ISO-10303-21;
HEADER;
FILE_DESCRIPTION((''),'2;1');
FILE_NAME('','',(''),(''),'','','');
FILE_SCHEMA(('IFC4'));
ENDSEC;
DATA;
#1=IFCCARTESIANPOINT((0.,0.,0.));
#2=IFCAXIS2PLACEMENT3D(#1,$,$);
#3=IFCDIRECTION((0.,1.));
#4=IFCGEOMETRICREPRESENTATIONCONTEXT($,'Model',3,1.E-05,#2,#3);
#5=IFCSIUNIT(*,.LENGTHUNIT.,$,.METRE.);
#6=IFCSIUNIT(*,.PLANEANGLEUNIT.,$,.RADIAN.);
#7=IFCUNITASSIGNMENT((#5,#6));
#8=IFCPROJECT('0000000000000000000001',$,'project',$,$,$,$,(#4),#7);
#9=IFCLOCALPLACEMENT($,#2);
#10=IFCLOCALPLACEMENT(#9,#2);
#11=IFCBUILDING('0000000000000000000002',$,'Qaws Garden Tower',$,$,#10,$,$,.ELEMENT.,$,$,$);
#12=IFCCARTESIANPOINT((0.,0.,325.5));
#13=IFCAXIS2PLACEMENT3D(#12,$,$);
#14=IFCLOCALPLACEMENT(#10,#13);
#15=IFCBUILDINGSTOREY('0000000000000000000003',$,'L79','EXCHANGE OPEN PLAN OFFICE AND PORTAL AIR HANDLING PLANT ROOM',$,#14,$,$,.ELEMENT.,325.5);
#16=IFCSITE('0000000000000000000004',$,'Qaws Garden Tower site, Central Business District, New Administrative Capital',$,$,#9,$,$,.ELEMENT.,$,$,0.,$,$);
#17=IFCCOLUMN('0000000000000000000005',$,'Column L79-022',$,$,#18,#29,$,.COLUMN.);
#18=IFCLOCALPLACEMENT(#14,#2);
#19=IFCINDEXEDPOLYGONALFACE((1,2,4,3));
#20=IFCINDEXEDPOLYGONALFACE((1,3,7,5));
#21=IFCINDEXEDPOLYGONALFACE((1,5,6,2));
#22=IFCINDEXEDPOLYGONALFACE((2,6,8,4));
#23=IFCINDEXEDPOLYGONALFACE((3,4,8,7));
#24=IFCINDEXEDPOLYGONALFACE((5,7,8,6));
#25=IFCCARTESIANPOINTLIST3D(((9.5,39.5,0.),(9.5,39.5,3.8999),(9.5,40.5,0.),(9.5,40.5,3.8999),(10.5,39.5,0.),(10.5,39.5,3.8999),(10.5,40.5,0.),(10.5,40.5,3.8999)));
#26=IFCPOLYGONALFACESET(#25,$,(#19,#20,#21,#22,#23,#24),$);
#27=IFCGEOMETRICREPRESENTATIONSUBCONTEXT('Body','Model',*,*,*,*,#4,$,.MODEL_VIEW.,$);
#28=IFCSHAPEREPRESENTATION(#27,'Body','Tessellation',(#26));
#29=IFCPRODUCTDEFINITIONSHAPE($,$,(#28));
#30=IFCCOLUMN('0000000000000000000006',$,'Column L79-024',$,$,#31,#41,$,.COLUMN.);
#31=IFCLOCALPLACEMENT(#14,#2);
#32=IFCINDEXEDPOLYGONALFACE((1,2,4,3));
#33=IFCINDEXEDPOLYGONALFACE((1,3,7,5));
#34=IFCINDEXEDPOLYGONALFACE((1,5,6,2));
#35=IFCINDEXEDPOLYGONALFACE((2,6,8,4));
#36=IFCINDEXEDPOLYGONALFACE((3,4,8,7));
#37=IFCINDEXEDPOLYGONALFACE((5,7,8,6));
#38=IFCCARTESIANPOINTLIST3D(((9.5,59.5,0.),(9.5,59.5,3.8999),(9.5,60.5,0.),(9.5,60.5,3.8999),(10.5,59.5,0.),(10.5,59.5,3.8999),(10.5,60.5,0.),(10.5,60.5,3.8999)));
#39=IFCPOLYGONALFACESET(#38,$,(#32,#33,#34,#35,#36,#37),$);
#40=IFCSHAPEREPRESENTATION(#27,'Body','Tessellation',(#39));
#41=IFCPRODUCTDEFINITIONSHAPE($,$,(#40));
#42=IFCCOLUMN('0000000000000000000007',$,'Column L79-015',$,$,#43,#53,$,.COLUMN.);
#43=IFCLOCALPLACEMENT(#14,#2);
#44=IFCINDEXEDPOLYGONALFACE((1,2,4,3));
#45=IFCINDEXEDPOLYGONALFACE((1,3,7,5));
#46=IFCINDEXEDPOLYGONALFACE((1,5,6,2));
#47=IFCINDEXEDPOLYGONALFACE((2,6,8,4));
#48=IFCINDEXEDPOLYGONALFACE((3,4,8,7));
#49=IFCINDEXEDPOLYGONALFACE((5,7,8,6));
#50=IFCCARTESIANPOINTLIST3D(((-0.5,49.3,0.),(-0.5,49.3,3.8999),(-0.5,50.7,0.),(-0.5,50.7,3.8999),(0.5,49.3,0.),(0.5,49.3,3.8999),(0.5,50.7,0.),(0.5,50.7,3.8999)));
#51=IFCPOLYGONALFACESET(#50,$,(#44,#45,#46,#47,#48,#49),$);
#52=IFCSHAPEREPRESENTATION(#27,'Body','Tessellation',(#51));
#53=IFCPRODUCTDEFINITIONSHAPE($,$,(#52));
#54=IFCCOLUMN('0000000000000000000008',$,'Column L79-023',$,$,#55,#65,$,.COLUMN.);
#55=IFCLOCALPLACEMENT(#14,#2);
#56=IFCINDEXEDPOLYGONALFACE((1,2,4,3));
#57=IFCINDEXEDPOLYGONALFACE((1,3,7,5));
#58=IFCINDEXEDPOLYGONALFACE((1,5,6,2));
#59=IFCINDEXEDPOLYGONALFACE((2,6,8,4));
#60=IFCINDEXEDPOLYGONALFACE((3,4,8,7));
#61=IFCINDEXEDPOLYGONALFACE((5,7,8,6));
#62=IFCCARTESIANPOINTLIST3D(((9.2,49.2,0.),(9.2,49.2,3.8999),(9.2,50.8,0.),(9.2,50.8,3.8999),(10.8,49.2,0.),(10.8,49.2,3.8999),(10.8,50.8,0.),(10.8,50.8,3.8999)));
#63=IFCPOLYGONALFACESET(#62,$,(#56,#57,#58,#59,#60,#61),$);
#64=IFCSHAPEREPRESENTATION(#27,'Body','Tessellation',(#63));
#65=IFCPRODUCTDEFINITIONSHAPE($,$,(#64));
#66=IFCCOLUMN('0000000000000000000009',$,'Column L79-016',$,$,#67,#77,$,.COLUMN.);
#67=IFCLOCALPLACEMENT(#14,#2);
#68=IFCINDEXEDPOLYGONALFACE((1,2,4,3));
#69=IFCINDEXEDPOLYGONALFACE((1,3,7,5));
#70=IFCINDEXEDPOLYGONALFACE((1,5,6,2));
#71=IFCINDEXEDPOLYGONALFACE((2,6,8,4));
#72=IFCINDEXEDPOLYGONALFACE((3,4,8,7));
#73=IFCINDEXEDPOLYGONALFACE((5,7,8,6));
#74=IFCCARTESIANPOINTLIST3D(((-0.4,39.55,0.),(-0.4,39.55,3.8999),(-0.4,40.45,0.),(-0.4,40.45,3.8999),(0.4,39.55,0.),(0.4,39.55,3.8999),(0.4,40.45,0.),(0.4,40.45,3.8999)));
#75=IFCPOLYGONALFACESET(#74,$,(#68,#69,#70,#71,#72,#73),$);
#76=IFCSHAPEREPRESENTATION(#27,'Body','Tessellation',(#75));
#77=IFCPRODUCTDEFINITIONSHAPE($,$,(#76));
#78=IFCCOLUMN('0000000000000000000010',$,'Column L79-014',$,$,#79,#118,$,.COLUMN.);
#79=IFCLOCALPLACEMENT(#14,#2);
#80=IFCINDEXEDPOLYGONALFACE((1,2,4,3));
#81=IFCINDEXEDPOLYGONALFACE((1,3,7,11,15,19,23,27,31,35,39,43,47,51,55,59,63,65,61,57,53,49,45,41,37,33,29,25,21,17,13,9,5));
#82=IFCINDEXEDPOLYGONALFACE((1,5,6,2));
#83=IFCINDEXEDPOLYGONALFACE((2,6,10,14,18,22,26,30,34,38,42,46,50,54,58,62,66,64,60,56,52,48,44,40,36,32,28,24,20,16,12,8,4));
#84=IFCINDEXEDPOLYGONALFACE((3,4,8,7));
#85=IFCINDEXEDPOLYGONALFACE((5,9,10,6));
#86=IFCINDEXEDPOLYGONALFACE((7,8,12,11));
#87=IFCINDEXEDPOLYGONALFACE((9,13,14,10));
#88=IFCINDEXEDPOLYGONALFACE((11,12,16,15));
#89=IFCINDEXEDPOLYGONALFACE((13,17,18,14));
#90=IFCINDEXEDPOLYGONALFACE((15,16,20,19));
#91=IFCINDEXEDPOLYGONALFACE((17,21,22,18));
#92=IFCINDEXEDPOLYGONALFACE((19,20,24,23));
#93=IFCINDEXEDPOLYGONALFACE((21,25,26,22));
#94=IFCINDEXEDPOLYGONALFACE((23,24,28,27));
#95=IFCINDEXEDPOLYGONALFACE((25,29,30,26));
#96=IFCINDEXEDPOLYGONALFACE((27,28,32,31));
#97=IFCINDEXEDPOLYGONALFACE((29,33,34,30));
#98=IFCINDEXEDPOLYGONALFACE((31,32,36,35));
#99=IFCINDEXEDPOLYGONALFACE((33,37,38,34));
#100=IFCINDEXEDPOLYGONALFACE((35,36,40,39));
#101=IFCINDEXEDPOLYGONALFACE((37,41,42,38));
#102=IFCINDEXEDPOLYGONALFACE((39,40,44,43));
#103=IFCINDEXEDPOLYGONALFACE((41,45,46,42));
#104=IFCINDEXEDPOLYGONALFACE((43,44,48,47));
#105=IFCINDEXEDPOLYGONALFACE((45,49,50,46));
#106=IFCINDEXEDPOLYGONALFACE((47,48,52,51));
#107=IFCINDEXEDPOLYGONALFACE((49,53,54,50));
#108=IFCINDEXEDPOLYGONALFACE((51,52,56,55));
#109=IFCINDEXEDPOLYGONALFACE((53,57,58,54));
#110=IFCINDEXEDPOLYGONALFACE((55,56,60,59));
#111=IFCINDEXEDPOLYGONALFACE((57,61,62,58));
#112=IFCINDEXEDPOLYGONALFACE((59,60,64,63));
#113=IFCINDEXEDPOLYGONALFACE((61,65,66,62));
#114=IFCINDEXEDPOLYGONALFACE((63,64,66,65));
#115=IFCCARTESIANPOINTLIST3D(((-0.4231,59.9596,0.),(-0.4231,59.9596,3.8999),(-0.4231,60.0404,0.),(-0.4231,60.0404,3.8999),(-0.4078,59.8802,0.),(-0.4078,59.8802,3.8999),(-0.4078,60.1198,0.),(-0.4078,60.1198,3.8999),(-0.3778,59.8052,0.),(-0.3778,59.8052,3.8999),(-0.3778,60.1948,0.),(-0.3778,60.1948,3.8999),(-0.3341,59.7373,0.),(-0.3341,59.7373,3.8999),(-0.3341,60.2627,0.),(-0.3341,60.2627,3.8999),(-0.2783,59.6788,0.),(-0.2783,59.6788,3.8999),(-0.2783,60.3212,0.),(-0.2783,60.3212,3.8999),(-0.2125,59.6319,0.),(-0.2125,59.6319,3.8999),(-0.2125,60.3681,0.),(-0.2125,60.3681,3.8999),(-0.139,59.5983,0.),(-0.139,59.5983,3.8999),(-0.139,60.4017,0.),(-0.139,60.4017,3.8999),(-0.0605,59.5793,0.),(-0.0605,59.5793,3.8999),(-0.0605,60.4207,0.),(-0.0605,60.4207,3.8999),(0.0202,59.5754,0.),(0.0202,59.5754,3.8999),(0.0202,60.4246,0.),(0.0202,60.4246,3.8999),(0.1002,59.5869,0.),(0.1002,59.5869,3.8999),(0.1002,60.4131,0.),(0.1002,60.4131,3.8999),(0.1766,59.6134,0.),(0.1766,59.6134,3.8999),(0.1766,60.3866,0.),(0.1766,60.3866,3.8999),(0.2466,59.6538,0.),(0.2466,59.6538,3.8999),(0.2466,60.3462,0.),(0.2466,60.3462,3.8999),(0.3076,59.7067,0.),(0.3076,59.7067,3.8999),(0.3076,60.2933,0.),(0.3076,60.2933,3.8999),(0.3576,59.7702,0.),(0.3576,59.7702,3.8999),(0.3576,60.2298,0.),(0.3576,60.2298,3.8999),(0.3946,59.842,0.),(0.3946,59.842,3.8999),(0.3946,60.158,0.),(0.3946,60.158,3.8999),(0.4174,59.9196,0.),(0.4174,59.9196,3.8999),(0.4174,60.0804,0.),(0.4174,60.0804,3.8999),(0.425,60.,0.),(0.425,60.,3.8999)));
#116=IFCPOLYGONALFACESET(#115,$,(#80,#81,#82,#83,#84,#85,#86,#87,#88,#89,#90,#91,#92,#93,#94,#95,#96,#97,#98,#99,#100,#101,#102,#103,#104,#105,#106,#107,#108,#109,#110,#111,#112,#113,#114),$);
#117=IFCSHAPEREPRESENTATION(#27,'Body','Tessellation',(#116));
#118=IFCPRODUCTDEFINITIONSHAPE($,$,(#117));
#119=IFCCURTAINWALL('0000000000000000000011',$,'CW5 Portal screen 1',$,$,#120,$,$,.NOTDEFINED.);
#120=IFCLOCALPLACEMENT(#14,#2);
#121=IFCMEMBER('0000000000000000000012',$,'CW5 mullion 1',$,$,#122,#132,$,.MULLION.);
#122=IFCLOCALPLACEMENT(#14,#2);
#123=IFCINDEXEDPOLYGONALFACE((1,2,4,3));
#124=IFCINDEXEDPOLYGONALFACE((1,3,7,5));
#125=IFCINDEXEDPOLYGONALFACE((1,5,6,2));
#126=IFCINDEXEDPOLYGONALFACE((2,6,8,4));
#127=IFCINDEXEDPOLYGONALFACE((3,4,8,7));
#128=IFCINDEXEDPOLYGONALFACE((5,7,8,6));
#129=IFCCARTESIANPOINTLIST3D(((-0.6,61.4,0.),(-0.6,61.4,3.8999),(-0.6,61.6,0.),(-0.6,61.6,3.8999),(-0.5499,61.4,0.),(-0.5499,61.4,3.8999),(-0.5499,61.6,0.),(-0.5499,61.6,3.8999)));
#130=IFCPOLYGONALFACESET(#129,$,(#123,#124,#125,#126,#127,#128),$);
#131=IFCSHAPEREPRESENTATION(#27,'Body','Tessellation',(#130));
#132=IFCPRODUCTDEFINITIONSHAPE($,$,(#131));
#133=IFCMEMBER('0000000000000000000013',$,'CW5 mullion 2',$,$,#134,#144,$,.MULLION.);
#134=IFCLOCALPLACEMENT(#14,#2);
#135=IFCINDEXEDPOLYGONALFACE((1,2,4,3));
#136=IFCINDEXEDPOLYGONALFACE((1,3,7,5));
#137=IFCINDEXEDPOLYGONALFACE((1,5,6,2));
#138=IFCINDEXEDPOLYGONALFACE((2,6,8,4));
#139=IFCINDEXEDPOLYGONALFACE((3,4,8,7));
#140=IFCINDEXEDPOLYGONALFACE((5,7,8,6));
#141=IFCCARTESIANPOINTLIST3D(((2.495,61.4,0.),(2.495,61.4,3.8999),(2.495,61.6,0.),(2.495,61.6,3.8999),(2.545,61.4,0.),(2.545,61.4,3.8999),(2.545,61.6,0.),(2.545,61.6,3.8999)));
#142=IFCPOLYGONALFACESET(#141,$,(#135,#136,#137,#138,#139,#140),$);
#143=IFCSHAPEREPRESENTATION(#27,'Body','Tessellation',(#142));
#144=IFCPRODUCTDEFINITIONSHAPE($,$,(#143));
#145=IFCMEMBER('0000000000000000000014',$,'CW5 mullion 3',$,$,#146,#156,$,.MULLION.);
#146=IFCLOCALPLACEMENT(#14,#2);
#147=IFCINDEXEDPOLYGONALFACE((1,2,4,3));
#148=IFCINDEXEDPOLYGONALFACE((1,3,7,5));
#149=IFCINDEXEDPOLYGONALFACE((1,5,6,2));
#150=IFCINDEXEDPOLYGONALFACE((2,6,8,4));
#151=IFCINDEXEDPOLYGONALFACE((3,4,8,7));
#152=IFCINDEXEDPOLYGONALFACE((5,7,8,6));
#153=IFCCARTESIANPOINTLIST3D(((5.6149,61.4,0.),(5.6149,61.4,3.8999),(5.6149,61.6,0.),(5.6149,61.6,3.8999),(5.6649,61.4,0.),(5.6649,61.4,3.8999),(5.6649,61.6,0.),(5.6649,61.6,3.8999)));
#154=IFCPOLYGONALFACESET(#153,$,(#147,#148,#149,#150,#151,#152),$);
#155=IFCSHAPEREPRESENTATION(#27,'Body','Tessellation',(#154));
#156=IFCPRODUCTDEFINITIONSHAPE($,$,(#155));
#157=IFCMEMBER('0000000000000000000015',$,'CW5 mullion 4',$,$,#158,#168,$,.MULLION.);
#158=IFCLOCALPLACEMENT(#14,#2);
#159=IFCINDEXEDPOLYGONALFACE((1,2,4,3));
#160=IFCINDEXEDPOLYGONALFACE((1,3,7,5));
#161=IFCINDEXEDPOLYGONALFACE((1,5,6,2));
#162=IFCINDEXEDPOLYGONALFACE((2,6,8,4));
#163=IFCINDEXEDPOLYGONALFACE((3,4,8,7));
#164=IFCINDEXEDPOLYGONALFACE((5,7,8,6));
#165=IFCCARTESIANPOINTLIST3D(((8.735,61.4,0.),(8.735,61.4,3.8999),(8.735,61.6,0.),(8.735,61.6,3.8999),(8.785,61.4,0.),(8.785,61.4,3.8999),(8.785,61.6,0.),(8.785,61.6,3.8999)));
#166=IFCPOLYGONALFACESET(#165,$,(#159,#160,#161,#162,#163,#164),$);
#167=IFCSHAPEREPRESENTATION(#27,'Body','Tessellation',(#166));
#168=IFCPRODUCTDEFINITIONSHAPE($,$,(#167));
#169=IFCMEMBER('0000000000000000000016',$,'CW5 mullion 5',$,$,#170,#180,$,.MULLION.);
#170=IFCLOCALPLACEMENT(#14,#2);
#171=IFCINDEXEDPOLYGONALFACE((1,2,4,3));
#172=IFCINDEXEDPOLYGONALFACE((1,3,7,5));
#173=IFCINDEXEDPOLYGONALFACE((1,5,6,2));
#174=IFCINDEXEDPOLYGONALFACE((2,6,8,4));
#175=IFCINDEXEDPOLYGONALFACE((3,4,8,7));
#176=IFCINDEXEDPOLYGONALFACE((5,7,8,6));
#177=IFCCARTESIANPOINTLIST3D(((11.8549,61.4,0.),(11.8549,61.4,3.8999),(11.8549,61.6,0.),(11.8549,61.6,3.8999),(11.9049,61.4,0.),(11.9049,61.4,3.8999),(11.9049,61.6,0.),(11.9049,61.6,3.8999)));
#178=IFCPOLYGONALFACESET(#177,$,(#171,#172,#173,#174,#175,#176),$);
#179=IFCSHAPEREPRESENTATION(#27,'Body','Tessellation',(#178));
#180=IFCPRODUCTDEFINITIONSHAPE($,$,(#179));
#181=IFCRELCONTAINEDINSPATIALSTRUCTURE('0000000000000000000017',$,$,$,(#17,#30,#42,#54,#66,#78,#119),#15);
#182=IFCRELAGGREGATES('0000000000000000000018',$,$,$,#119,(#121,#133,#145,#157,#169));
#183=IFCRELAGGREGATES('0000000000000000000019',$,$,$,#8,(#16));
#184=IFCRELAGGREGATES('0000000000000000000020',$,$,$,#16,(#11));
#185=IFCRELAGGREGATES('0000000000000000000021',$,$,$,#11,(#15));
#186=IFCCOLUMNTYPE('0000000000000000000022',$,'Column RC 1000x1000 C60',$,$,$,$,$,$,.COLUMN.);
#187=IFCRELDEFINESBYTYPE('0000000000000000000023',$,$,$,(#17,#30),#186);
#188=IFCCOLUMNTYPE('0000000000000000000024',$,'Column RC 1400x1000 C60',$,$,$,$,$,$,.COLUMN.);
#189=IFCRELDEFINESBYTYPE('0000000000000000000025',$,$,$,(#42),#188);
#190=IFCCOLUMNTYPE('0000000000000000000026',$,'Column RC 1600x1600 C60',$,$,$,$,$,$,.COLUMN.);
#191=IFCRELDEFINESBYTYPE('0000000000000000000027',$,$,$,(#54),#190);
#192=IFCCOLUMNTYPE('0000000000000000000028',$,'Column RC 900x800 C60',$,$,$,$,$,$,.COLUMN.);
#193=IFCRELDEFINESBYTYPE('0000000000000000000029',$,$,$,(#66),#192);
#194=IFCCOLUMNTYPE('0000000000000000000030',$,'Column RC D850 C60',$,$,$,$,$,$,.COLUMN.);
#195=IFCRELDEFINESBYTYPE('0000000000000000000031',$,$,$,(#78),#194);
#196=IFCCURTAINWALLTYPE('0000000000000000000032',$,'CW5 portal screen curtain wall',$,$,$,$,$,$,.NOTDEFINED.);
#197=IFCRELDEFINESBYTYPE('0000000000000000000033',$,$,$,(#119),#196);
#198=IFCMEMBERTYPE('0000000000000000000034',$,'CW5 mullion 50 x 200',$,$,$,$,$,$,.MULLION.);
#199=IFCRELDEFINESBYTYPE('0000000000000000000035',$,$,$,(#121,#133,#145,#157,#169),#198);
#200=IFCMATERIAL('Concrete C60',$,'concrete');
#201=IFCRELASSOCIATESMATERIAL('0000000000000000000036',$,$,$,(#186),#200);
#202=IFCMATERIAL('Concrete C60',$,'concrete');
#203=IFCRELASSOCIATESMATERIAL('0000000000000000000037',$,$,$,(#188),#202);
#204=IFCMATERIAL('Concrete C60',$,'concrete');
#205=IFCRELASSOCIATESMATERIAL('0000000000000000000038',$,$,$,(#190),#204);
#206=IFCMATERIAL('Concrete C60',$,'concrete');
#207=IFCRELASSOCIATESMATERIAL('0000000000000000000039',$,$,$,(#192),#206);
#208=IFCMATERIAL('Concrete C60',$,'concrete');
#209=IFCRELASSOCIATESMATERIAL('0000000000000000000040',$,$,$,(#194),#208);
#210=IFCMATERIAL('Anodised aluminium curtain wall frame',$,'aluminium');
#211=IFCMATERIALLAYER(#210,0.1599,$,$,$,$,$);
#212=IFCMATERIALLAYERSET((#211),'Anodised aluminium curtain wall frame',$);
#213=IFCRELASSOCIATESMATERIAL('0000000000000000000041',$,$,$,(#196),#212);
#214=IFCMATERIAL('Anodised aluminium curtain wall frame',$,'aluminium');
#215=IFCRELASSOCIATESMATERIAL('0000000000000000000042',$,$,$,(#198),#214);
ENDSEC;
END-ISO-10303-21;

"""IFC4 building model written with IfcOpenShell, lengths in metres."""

from ifc_helpers import new_model, si_unit, direction, frame, origin, origin_2d, place, context, subcontext, project, spatial, rectangle, circle, extrude, material, layer, layer_set, material_profile, profile_set, type_object, element, aggregate, save


model = new_model("IFC4")

# Units and contexts
model_context = context("Model", 3, precision=1e-05, world=origin(), true_north=direction((0.0, 1.0)))
body_context = subcontext(model_context, "Body", "Model", "MODEL_VIEW")
ifc_project = project(units=[si_unit("LENGTHUNIT", "METRE"), si_unit("PLANEANGLEUNIT", "RADIAN")], contexts=[model_context])

# Site, building, storey
site_placement = place(None, origin())
site = spatial("IfcSite", under=ifc_project, at=site_placement, Name="Qaws Garden Tower site, Central Business District, New Administrative Capital", CompositionType="ELEMENT", RefElevation=0.0)
building_placement = place(site_placement, origin())
building = spatial("IfcBuilding", under=site, at=building_placement, Name="Qaws Garden Tower", CompositionType="ELEMENT")
storey_placement = place(building_placement, frame((0.0, 0.0, 325.5)))
storey = spatial("IfcBuildingStorey", under=building, at=storey_placement, Name="L79", Description="EXCHANGE OPEN PLAN OFFICE AND PORTAL AIR HANDLING PLANT ROOM", CompositionType="ELEMENT", Elevation=325.5)

# Columns
ifc_material_1 = material(Name="Concrete C60", Category="concrete")
ifc_material_profile_1 = material_profile(ifc_material_1, rectangle(XDim=1.0, YDim=1.0, at=origin_2d()), Name="RC 1000x1000")
ifc_profile_set_1 = profile_set([ifc_material_profile_1], Name="Concrete C60")
column_type_1 = type_object("IfcColumnType", Name="Column RC 1000x1000 C60", PredefinedType="COLUMN", material=ifc_profile_set_1)
for number, where, z_axis, x_axis, name in (
    (1, (10.0, 40.0, 0.0), (0.0, 0.0, 1.0), (1.0, 0.0, 0.0), "Column L79-022"),
    (2, (10.0, 60.0, 0.0), (0.0, 0.0, 1.0), (1.0, 0.0, 0.0), "Column L79-024"),
):
    element("IfcColumn", number, at=place(storey_placement, frame(where, z_axis=z_axis, x_axis=x_axis)), inside=storey, type_object=column_type_1, Name=name, PredefinedType="COLUMN", context=body_context, shape_type="SweptSolid", body=[
        extrude(rectangle(XDim=1.0, YDim=1.0, at=origin_2d()), origin(), (0.0, 0.0, 1.0), 3.8999),
    ])
ifc_material_2 = material(Name="Concrete C60", Category="concrete")
ifc_material_profile_2 = material_profile(ifc_material_2, rectangle(XDim=1.3999, YDim=1.0, at=origin_2d()), Name="RC 1400x1000")
ifc_profile_set_2 = profile_set([ifc_material_profile_2], Name="Concrete C60")
column_type_2 = type_object("IfcColumnType", Name="Column RC 1400x1000 C60", PredefinedType="COLUMN", material=ifc_profile_set_2)
column_1_placement = place(storey_placement, frame((0.0, 50.0, 0.0), z_axis=(0.0, 0.0, 1.0), x_axis=(0.0, 1.0, 0.0)))
element("IfcColumn", 3, at=column_1_placement, inside=storey, type_object=column_type_2, Name="Column L79-015", PredefinedType="COLUMN", context=body_context, shape_type="SweptSolid", body=[
    extrude(rectangle(XDim=1.3999, YDim=1.0, at=origin_2d()), origin(), (0.0, 0.0, 1.0), 3.8999),
])
ifc_material_3 = material(Name="Concrete C60", Category="concrete")
ifc_material_profile_3 = material_profile(ifc_material_3, rectangle(XDim=1.6001, YDim=1.6001, at=origin_2d()), Name="RC 1600x1600")
ifc_profile_set_3 = profile_set([ifc_material_profile_3], Name="Concrete C60")
column_type_3 = type_object("IfcColumnType", Name="Column RC 1600x1600 C60", PredefinedType="COLUMN", material=ifc_profile_set_3)
column_2_placement = place(storey_placement, frame((10.0, 50.0, 0.0), z_axis=(0.0, 0.0, 1.0), x_axis=(1.0, 0.0, 0.0)))
element("IfcColumn", 4, at=column_2_placement, inside=storey, type_object=column_type_3, Name="Column L79-023", PredefinedType="COLUMN", context=body_context, shape_type="SweptSolid", body=[
    extrude(rectangle(XDim=1.6001, YDim=1.6001, at=origin_2d()), origin(), (0.0, 0.0, 1.0), 3.8999),
])
ifc_material_4 = material(Name="Concrete C60", Category="concrete")
ifc_material_profile_4 = material_profile(ifc_material_4, rectangle(XDim=0.8999, YDim=0.8, at=origin_2d()), Name="RC 900x800")
ifc_profile_set_4 = profile_set([ifc_material_profile_4], Name="Concrete C60")
column_type_4 = type_object("IfcColumnType", Name="Column RC 900x800 C60", PredefinedType="COLUMN", material=ifc_profile_set_4)
column_3_placement = place(storey_placement, frame((0.0, 40.0, 0.0), z_axis=(0.0, 0.0, 1.0), x_axis=(0.0, 1.0, 0.0)))
element("IfcColumn", 5, at=column_3_placement, inside=storey, type_object=column_type_4, Name="Column L79-016", PredefinedType="COLUMN", context=body_context, shape_type="SweptSolid", body=[
    extrude(rectangle(XDim=0.8999, YDim=0.8, at=origin_2d()), origin(), (0.0, 0.0, 1.0), 3.8999),
])
ifc_material_5 = material(Name="Concrete C60", Category="concrete")
ifc_material_profile_5 = material_profile(ifc_material_5, circle(Radius=0.425, at=origin_2d()), Name="RC D850")
ifc_profile_set_5 = profile_set([ifc_material_profile_5], Name="Concrete C60")
column_type_5 = type_object("IfcColumnType", Name="Column RC D850 C60", PredefinedType="COLUMN", material=ifc_profile_set_5)
column_4_placement = place(storey_placement, frame((0.0, 60.0, 0.0), z_axis=(0.0, 0.0, 1.0), x_axis=(1.0, 0.0, 0.0)))
element("IfcColumn", 6, at=column_4_placement, inside=storey, type_object=column_type_5, Name="Column L79-014", PredefinedType="COLUMN", context=body_context, shape_type="SweptSolid", body=[
    extrude(circle(Radius=0.425, at=origin_2d()), origin(), (0.0, 0.0, 1.0), 3.8999),
])

# Curtain wall, members
ifc_material_6 = material(Name="Anodised aluminium curtain wall frame", Category="aluminium")
ifc_layer_1 = layer(ifc_material_6, 0.1599)
ifc_layer_set_1 = layer_set([ifc_layer_1], Name="Anodised aluminium curtain wall frame")
curtain_wall_type = type_object("IfcCurtainWallType", Name="CW5 portal screen curtain wall", PredefinedType="NOTDEFINED", material=ifc_layer_set_1)
placement = place(storey_placement, origin())
curtain_wall_1 = element("IfcCurtainWall", 7, at=placement, inside=storey, type_object=curtain_wall_type, Name="CW5 Portal screen 1", PredefinedType="NOTDEFINED")
ifc_material_7 = material(Name="Anodised aluminium curtain wall frame", Category="aluminium")
ifc_material_profile_6 = material_profile(ifc_material_7, rectangle(XDim=0.2, YDim=0.05, at=origin_2d()), Name="AL 50x200")
ifc_profile_set_6 = profile_set([ifc_material_profile_6], Name="Anodised aluminium curtain wall frame")
member_type_1 = type_object("IfcMemberType", Name="CW5 mullion 50 x 200", PredefinedType="MULLION", material=ifc_profile_set_6)
member_1_placement = place(storey_placement, frame((-0.575, 61.5, 0.0), z_axis=(0.0, 0.0, 1.0), x_axis=(0.0, 1.0, 0.0)))
member_1 = element("IfcMember", 8, at=member_1_placement, type_object=member_type_1, Name="CW5 mullion 1", PredefinedType="MULLION", context=body_context, shape_type="SweptSolid", body=[
    extrude(rectangle(XDim=0.2, YDim=0.05, at=origin_2d()), origin(), (0.0, 0.0, 1.0), 3.8999),
])
member_2_placement = place(storey_placement, frame((2.52, 61.5, 0.0), z_axis=(0.0, 0.0, 1.0), x_axis=(0.0, 1.0, 0.0)))
member_2 = element("IfcMember", 9, at=member_2_placement, type_object=member_type_1, Name="CW5 mullion 2", PredefinedType="MULLION", context=body_context, shape_type="SweptSolid", body=[
    extrude(rectangle(XDim=0.2, YDim=0.05, at=origin_2d()), origin(), (0.0, 0.0, 1.0), 3.8999),
])
member_3_placement = place(storey_placement, frame((5.6399, 61.5, 0.0), z_axis=(0.0, 0.0, 1.0), x_axis=(0.0, 1.0, 0.0)))
member_3 = element("IfcMember", 10, at=member_3_placement, type_object=member_type_1, Name="CW5 mullion 3", PredefinedType="MULLION", context=body_context, shape_type="SweptSolid", body=[
    extrude(rectangle(XDim=0.2, YDim=0.05, at=origin_2d()), origin(), (0.0, 0.0, 1.0), 3.8999),
])
member_4_placement = place(storey_placement, frame((8.76, 61.5, 0.0), z_axis=(0.0, 0.0, 1.0), x_axis=(0.0, 1.0, 0.0)))
member_4 = element("IfcMember", 11, at=member_4_placement, type_object=member_type_1, Name="CW5 mullion 4", PredefinedType="MULLION", context=body_context, shape_type="SweptSolid", body=[
    extrude(rectangle(XDim=0.2, YDim=0.05, at=origin_2d()), origin(), (0.0, 0.0, 1.0), 3.8999),
])
member_5_placement = place(storey_placement, frame((11.8799, 61.5, 0.0), z_axis=(0.0, 0.0, 1.0), x_axis=(0.0, 1.0, 0.0)))
member_5 = element("IfcMember", 12, at=member_5_placement, type_object=member_type_1, Name="CW5 mullion 5", PredefinedType="MULLION", context=body_context, shape_type="SweptSolid", body=[
    extrude(rectangle(XDim=0.2, YDim=0.05, at=origin_2d()), origin(), (0.0, 0.0, 1.0), 3.8999),
])
aggregate(curtain_wall_1, [member_1, member_2, member_3, member_4, member_5])

save(model, "model.ifc")
